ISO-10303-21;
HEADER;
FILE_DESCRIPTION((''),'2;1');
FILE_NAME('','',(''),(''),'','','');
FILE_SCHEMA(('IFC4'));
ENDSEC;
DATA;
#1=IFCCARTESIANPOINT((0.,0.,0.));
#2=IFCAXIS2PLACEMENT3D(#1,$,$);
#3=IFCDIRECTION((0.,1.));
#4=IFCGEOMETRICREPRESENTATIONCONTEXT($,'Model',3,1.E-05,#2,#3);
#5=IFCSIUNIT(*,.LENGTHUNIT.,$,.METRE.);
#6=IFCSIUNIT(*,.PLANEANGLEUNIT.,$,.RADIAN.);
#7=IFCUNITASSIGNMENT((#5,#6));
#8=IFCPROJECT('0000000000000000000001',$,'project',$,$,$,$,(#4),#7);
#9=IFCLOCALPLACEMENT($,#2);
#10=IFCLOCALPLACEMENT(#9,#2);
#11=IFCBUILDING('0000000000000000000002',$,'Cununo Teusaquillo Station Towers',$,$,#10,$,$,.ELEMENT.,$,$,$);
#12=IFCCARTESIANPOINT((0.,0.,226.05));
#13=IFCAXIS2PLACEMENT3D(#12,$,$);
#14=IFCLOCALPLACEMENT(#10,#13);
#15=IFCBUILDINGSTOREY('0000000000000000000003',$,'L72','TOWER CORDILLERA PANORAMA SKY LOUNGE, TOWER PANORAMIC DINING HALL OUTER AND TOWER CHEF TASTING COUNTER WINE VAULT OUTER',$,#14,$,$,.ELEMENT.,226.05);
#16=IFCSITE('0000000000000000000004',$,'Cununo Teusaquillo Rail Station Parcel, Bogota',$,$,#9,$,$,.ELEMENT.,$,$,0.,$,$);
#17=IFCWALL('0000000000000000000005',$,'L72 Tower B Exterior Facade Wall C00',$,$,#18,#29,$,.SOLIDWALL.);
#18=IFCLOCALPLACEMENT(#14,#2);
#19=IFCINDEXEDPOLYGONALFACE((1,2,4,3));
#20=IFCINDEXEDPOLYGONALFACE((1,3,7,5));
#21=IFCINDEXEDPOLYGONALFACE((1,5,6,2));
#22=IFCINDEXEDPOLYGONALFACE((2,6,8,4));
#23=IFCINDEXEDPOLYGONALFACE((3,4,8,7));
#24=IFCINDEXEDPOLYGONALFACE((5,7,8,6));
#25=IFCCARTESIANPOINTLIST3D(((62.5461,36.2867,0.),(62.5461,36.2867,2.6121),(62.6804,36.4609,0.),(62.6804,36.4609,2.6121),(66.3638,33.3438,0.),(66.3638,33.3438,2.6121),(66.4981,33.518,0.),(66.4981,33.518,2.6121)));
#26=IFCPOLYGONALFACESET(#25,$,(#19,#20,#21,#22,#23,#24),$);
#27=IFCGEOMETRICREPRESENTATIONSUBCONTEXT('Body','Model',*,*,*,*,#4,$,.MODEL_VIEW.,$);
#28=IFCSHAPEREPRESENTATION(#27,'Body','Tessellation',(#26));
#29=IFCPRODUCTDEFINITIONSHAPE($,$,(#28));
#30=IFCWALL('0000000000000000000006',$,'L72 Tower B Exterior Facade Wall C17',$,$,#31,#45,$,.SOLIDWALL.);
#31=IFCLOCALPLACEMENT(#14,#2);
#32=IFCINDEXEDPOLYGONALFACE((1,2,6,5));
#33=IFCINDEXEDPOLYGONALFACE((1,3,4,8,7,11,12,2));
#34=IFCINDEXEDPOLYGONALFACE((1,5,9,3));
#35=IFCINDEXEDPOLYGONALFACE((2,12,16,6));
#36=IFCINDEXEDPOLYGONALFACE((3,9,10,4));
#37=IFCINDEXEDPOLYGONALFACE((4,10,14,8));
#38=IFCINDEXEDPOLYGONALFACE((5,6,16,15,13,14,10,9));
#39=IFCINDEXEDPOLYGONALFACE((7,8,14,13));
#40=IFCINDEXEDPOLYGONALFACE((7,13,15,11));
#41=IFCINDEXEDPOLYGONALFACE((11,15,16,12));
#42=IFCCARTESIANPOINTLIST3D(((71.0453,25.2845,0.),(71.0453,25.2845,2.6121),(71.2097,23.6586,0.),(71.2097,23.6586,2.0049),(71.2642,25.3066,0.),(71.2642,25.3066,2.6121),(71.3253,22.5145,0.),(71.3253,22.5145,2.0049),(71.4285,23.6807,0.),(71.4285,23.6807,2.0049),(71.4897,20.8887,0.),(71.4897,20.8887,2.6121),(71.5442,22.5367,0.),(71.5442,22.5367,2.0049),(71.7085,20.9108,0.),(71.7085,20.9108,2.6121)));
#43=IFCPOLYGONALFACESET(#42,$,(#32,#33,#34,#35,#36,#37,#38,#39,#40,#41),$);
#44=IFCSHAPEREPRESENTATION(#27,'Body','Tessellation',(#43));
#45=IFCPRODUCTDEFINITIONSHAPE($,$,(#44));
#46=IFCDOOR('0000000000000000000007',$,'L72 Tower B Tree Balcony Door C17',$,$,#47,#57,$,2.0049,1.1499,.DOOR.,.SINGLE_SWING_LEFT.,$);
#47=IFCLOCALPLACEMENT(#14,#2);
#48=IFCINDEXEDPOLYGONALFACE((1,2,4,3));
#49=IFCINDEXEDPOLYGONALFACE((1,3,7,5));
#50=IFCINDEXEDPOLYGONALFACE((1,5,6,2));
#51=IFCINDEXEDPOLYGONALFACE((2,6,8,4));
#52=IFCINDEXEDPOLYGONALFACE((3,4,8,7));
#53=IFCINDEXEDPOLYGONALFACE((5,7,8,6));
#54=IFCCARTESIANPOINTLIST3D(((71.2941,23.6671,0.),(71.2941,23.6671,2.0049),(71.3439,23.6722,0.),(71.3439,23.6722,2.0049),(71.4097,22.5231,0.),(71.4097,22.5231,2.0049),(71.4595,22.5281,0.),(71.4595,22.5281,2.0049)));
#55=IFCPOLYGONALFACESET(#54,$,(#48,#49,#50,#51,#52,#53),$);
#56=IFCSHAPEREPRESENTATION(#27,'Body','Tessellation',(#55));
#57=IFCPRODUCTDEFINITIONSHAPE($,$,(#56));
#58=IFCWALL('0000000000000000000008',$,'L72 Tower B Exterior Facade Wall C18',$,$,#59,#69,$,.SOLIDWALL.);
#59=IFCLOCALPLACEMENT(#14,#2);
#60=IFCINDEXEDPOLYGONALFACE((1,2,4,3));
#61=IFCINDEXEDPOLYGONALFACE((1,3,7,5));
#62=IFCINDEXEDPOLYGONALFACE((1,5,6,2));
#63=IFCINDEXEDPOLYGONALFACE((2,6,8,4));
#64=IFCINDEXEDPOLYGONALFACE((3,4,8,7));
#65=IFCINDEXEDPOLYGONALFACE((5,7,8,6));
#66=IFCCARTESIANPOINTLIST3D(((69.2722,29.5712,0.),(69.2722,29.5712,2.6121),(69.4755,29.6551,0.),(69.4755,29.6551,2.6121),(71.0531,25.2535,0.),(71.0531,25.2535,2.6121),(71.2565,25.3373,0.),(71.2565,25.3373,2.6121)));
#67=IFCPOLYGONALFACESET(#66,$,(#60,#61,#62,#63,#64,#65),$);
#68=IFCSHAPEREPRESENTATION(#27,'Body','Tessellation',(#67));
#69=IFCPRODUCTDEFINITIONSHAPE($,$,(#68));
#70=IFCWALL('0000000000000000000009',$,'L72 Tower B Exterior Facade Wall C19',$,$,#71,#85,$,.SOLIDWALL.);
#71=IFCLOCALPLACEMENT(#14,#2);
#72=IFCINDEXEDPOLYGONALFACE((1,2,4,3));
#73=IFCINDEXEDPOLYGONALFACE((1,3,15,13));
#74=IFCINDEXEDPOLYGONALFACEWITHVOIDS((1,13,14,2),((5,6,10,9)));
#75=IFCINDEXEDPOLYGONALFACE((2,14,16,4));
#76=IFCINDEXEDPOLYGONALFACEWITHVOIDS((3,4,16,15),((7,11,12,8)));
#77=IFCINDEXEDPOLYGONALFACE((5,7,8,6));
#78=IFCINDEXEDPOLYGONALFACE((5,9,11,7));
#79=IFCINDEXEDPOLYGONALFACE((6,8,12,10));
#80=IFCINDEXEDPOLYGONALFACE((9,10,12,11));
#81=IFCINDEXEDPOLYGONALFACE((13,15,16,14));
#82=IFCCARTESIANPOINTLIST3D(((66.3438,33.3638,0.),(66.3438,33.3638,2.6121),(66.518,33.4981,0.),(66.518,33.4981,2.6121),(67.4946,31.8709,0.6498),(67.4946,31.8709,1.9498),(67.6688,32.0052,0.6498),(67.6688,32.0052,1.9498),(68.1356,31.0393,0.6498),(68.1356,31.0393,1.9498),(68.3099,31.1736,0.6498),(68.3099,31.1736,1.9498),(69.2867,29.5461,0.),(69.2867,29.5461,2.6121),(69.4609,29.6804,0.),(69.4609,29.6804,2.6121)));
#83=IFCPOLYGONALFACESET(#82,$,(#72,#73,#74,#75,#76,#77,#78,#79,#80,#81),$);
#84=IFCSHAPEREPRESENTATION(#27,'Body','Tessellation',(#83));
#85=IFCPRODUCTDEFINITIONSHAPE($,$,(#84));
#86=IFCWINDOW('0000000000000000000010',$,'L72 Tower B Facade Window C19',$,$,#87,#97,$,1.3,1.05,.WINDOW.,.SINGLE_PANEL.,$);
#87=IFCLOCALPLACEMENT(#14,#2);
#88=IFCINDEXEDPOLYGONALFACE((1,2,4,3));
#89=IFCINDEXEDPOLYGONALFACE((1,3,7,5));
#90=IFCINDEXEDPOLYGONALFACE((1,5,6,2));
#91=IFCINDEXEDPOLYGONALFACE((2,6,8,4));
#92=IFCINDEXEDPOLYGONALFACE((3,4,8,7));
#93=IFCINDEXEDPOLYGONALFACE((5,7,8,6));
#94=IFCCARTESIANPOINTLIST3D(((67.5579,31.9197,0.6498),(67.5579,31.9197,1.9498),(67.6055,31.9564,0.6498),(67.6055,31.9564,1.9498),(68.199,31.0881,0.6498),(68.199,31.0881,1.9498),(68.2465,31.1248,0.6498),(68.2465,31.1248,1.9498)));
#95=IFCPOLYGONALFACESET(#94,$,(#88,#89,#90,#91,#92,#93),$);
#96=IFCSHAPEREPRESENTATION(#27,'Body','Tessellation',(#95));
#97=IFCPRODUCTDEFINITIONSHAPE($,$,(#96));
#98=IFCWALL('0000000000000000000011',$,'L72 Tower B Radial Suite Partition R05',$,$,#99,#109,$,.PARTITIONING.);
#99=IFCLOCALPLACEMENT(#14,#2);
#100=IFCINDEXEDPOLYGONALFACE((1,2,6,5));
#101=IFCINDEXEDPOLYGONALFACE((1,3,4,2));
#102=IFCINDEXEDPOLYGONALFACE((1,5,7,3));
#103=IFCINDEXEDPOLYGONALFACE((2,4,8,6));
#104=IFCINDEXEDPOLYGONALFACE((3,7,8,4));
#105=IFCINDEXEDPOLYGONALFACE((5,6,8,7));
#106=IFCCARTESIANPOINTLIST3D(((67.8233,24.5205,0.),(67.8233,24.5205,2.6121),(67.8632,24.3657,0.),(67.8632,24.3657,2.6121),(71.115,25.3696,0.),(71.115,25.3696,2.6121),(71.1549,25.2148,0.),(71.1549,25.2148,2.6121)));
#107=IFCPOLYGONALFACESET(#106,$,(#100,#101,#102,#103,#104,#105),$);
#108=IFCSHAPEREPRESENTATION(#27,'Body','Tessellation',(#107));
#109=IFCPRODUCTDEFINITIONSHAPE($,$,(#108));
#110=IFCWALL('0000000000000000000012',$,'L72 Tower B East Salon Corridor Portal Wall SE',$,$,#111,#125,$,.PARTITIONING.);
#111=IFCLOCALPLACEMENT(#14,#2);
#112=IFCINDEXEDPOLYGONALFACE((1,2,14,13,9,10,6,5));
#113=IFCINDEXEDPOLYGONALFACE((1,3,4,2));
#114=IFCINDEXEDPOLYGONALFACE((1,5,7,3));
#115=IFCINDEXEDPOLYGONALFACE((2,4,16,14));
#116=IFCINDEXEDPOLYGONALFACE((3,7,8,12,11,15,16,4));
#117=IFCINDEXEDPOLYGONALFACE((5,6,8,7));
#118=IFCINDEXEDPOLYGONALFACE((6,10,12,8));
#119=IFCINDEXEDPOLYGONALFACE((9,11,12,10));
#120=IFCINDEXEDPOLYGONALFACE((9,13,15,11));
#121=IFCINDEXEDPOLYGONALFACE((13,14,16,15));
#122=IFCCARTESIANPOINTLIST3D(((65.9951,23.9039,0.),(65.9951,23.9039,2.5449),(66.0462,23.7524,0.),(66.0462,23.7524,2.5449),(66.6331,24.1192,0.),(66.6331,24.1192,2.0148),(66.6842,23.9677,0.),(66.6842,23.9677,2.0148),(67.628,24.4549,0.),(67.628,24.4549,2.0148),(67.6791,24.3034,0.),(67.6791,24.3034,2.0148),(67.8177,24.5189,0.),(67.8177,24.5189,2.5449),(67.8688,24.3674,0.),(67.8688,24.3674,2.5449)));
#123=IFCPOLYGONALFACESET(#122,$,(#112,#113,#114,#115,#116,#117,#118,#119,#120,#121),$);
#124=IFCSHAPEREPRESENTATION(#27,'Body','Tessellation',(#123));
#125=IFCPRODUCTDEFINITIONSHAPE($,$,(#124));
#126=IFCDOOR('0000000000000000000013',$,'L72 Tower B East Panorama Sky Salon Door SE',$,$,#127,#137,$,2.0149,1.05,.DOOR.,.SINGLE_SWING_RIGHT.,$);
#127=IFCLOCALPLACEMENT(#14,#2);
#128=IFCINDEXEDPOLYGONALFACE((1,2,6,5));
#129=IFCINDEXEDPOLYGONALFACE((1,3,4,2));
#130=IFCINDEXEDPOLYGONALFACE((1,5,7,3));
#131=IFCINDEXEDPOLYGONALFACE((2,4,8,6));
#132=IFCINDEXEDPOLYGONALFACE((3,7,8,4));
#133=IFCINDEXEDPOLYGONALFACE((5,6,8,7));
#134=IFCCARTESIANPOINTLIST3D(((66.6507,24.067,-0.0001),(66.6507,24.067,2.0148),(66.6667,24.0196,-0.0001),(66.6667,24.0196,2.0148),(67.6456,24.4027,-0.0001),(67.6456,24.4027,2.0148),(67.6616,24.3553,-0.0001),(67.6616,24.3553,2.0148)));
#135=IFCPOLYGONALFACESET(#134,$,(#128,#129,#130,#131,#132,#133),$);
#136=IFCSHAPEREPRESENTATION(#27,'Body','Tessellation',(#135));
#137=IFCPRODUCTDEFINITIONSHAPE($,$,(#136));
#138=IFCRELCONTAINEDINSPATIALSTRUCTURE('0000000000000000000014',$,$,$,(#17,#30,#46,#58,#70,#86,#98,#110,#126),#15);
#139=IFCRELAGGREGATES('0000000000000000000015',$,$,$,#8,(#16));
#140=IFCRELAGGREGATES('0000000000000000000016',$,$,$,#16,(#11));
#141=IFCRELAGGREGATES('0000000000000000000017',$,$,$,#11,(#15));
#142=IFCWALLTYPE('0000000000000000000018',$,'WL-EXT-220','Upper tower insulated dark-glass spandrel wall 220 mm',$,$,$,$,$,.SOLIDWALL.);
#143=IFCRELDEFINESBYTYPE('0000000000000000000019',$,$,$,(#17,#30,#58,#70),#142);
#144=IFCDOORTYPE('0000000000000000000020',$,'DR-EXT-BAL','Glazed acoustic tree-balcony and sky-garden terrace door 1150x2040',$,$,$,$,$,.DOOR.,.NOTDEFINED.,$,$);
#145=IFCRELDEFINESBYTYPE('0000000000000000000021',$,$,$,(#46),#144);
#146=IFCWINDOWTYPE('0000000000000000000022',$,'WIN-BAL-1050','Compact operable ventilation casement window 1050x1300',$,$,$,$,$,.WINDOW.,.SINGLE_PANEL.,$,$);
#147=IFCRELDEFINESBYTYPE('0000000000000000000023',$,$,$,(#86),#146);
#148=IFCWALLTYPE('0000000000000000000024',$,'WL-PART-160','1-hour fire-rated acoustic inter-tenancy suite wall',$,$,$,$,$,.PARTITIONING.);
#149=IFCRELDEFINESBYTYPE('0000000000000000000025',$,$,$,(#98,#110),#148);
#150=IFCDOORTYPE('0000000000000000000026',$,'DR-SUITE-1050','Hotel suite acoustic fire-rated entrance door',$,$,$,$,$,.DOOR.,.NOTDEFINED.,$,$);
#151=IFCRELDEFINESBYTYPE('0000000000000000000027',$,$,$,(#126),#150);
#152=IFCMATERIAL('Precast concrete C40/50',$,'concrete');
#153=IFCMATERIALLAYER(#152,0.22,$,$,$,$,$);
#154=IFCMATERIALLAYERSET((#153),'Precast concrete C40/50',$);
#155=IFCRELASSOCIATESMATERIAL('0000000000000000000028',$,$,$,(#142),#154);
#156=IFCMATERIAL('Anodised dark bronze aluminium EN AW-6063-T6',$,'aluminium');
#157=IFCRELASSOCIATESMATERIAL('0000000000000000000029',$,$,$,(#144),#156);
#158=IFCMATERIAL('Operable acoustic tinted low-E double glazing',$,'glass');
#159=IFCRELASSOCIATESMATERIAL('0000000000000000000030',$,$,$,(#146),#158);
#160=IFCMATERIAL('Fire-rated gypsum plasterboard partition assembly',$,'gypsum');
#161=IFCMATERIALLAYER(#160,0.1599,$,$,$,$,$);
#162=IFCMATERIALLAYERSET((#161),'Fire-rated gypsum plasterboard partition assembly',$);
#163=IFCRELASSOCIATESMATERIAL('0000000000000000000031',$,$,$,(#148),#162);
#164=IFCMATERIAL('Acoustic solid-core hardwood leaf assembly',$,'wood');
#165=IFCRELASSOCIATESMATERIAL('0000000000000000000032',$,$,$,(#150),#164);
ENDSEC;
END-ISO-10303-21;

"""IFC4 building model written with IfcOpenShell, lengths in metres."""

from ifc_helpers import new_model, si_unit, direction, frame, frame_2d, origin, place, context, subcontext, project, spatial, rectangle, extrude, source, transform, mapped, material, layer, layer_set, type_object, element, fill, save


model = new_model("IFC4")

# Units and contexts
model_context = context("Model", 3, precision=1e-05, world=origin(), true_north=direction((0.0, 1.0)))
body_context = subcontext(model_context, "Body", "Model", "MODEL_VIEW")
ifc_project = project(units=[si_unit("LENGTHUNIT", "METRE"), si_unit("PLANEANGLEUNIT", "RADIAN")], contexts=[model_context])

# Site, building, storey
site_placement = place(None, origin())
site = spatial("IfcSite", under=ifc_project, at=site_placement, Name="Cununo Teusaquillo Rail Station Parcel, Bogota", CompositionType="ELEMENT", RefElevation=0.0)
building_placement = place(site_placement, origin())
building = spatial("IfcBuilding", under=site, at=building_placement, Name="Cununo Teusaquillo Station Towers", CompositionType="ELEMENT")
storey_placement = place(building_placement, frame((0.0, 0.0, 226.05)))
storey = spatial("IfcBuildingStorey", under=building, at=storey_placement, Name="L72", Description="TOWER CORDILLERA PANORAMA SKY LOUNGE, TOWER PANORAMIC DINING HALL OUTER AND TOWER CHEF TASTING COUNTER WINE VAULT OUTER", CompositionType="ELEMENT", Elevation=226.05)

# Wall
ifc_material_1 = material(Name="Precast concrete C40/50", Category="concrete")
ifc_layer_1 = layer(ifc_material_1, 0.22)
ifc_layer_set_1 = layer_set([ifc_layer_1], Name="Precast concrete C40/50")
wall_type_1 = type_object("IfcWallType", Name="WL-EXT-220", Description="Upper tower insulated dark-glass spandrel wall 220 mm", PredefinedType="SOLIDWALL", material=ifc_layer_set_1)
wall_1_placement = place(storey_placement, frame((62.6133, 36.3738, 0.0), z_axis=(0.0, 0.0, 1.0), x_axis=(0.791998, -0.610523, 0.0)))
element("IfcWall", 1, at=wall_1_placement, inside=storey, type_object=wall_type_1, Name="L72 Tower B Exterior Facade Wall C00", PredefinedType="SOLIDWALL", context=body_context, shape_type="SweptSolid", body=[
    extrude(rectangle(XDim=4.8203, YDim=0.22, at=frame_2d((2.4102, 0.0))), origin(), (0.0, 0.0, 1.0), 2.6121),
])

# Wall, opening, door
wall_2_placement = place(storey_placement, frame((71.1548, 25.2954, 0.0), z_axis=(0.0, 0.0, 1.0), x_axis=(0.100571, -0.99493, 0.0)))
wall_2 = element("IfcWall", 2, at=wall_2_placement, inside=storey, type_object=wall_type_1, Name="L72 Tower B Exterior Facade Wall C17", PredefinedType="SOLIDWALL", context=body_context, shape_type="SweptSolid", body=[
    extrude(rectangle(XDim=4.4182, YDim=0.22, at=frame_2d((2.209, 0.0))), origin(), (0.0, 0.0, 1.0), 2.6121),
])
shared_shape_1 = source(origin(), body_context, "Body", "SweptSolid", [
    extrude(rectangle(XDim=1.1499, YDim=2.0049, at=frame_2d((0.575, 1.0024))), frame((0.0, 0.1199, 0.0), z_axis=(0.0, -1.0, 0.0), x_axis=(1.0, 0.0, 0.0)), (0.0, 0.0, 1.0), 0.24),
])
opening_1_placement = place(wall_2_placement, frame((1.634, 0.0, 0.0)))
opening_1 = element("IfcOpeningElement", 3, at=opening_1_placement, cuts=wall_2, PredefinedType="OPENING", context=body_context, shape_type="MappedRepresentation", body=[
    mapped(shared_shape_1, transform((0.0, 0.0, 0.0), x_axis=(1.0, 0.0, 0.0), y_axis=(0.0, 1.0, 0.0), z_axis=(0.0, 0.0, 1.0), scale=1.0)),
])
ifc_material_2 = material(Name="Anodised dark bronze aluminium EN AW-6063-T6", Category="aluminium")
door_type_1 = type_object("IfcDoorType", Name="DR-EXT-BAL", Description="Glazed acoustic tree-balcony and sky-garden terrace door 1150x2040", OperationType="NOTDEFINED", PredefinedType="DOOR", material=ifc_material_2)
shared_shape_2 = source(origin(), body_context, "Body", "SweptSolid", [
    extrude(rectangle(XDim=1.1499, YDim=2.0049, at=frame_2d((0.575, 1.0024))), frame((0.0, 0.0249, 0.0), z_axis=(0.0, -1.0, 0.0), x_axis=(1.0, 0.0, 0.0)), (0.0, 0.0, 1.0), 0.05),
])
door_1_placement = place(opening_1_placement, origin())
door_1 = element("IfcDoor", 4, at=door_1_placement, inside=storey, type_object=door_type_1, Name="L72 Tower B Tree Balcony Door C17", OperationType="SINGLE_SWING_LEFT", OverallHeight=2.0049, OverallWidth=1.1499, PredefinedType="DOOR", context=body_context, shape_type="MappedRepresentation", body=[
    mapped(shared_shape_2, transform((0.0, 0.0, 0.0), x_axis=(1.0, 0.0, 0.0), y_axis=(0.0, 1.0, 0.0), z_axis=(0.0, 0.0, 1.0), scale=1.0)),
])
fill(opening_1, door_1)

# Wall
wall_3_placement = place(storey_placement, frame((69.3738, 29.6133, 0.0), z_axis=(0.0, 0.0, 1.0), x_axis=(0.38131, -0.924447, 0.0)))
element("IfcWall", 5, at=wall_3_placement, inside=storey, type_object=wall_type_1, Name="L72 Tower B Exterior Facade Wall C18", PredefinedType="SOLIDWALL", context=body_context, shape_type="SweptSolid", body=[
    extrude(rectangle(XDim=4.6707, YDim=0.22, at=frame_2d((2.3354, 0.0))), origin(), (0.0, 0.0, 1.0), 2.6121),
])

# Wall, opening, window
wall_4_placement = place(storey_placement, frame((66.4309, 33.4309, 0.0), z_axis=(0.0, 0.0, 1.0), x_axis=(0.610523, -0.791998, 0.0)))
wall_4 = element("IfcWall", 6, at=wall_4_placement, inside=storey, type_object=wall_type_1, Name="L72 Tower B Exterior Facade Wall C19", PredefinedType="SOLIDWALL", context=body_context, shape_type="SweptSolid", body=[
    extrude(rectangle(XDim=4.8203, YDim=0.22, at=frame_2d((2.4102, 0.0))), origin(), (0.0, 0.0, 1.0), 2.6121),
])
shared_shape_3 = source(origin(), body_context, "Body", "SweptSolid", [
    extrude(rectangle(XDim=1.05, YDim=1.3, at=frame_2d((0.5249, 0.6499))), frame((0.0, 0.1199, 0.0), z_axis=(0.0, -1.0, 0.0), x_axis=(1.0, 0.0, 0.0)), (0.0, 0.0, 1.0), 0.24),
])
opening_2_placement = place(wall_4_placement, frame((1.885, 0.0, 0.6499)))
opening_2 = element("IfcOpeningElement", 7, at=opening_2_placement, cuts=wall_4, PredefinedType="OPENING", context=body_context, shape_type="MappedRepresentation", body=[
    mapped(shared_shape_3, transform((0.0, 0.0, 0.0), x_axis=(1.0, 0.0, 0.0), y_axis=(0.0, 1.0, 0.0), z_axis=(0.0, 0.0, 1.0), scale=1.0)),
])
ifc_material_3 = material(Name="Operable acoustic tinted low-E double glazing", Category="glass")
window_type = type_object("IfcWindowType", Name="WIN-BAL-1050", Description="Compact operable ventilation casement window 1050x1300", PartitioningType="SINGLE_PANEL", PredefinedType="WINDOW", material=ifc_material_3)
shared_shape_4 = source(origin(), body_context, "Body", "SweptSolid", [
    extrude(rectangle(XDim=1.05, YDim=1.3, at=frame_2d((0.5249, 0.6499))), frame((0.0, 0.03, 0.0), z_axis=(0.0, -1.0, 0.0), x_axis=(1.0, 0.0, 0.0)), (0.0, 0.0, 1.0), 0.0601),
])
window_placement = place(opening_2_placement, origin())
window = element("IfcWindow", 8, at=window_placement, inside=storey, type_object=window_type, Name="L72 Tower B Facade Window C19", OverallHeight=1.3, OverallWidth=1.05, PartitioningType="SINGLE_PANEL", PredefinedType="WINDOW", context=body_context, shape_type="MappedRepresentation", body=[
    mapped(shared_shape_4, transform((0.0, 0.0, 0.0), x_axis=(1.0, 0.0, 0.0), y_axis=(0.0, 1.0, 0.0), z_axis=(0.0, 0.0, 1.0), scale=1.0)),
])
fill(opening_2, window)

# Wall
ifc_material_4 = material(Name="Fire-rated gypsum plasterboard partition assembly", Category="gypsum")
ifc_layer_2 = layer(ifc_material_4, 0.1599)
ifc_layer_set_2 = layer_set([ifc_layer_2], Name="Fire-rated gypsum plasterboard partition assembly")
wall_type_2 = type_object("IfcWallType", Name="WL-PART-160", Description="1-hour fire-rated acoustic inter-tenancy suite wall", PredefinedType="PARTITIONING", material=ifc_layer_set_2)
wall_5_placement = place(storey_placement, frame((67.8433, 24.4431, 0.0), z_axis=(0.0, 0.0, 1.0), x_axis=(0.968303, 0.249778, 0.0)))
element("IfcWall", 9, at=wall_5_placement, inside=storey, type_object=wall_type_2, Name="L72 Tower B Radial Suite Partition R05", PredefinedType="PARTITIONING", context=body_context, shape_type="SweptSolid", body=[
    extrude(rectangle(XDim=3.3994, YDim=0.1599, at=frame_2d((1.6997, 0.0))), origin(), (0.0, 0.0, 1.0), 2.6121),
])

# Wall, opening, door
wall_6_placement = place(storey_placement, frame((66.0205, 23.8281, 0.0), z_axis=(0.0, 0.0, 1.0), x_axis=(0.947522, 0.31969, 0.0)))
wall_6 = element("IfcWall", 10, at=wall_6_placement, inside=storey, type_object=wall_type_2, Name="L72 Tower B East Salon Corridor Portal Wall SE", PredefinedType="PARTITIONING", context=body_context, shape_type="SweptSolid", body=[
    extrude(rectangle(XDim=1.9236, YDim=0.1599, at=frame_2d((0.9619, 0.0))), origin(), (0.0, 0.0, 1.0), 2.5449),
])
shared_shape_5 = source(origin(), body_context, "Body", "SweptSolid", [
    extrude(rectangle(XDim=1.05, YDim=2.0149, at=frame_2d((0.5249, 1.0073))), frame((0.0, 0.0898, 0.0), z_axis=(0.0, -1.0, 0.0), x_axis=(1.0, 0.0, 0.0)), (0.0, 0.0, 1.0), 0.1799),
])
opening_3_placement = place(wall_6_placement, frame((0.6736, 0.0, 0.0)))
opening_3 = element("IfcOpeningElement", 11, at=opening_3_placement, cuts=wall_6, PredefinedType="OPENING", context=body_context, shape_type="MappedRepresentation", body=[
    mapped(shared_shape_5, transform((0.0, 0.0, 0.0), x_axis=(1.0, 0.0, 0.0), y_axis=(0.0, 1.0, 0.0), z_axis=(0.0, 0.0, 1.0), scale=1.0)),
])
ifc_material_5 = material(Name="Acoustic solid-core hardwood leaf assembly", Category="wood")
door_type_2 = type_object("IfcDoorType", Name="DR-SUITE-1050", Description="Hotel suite acoustic fire-rated entrance door", OperationType="NOTDEFINED", PredefinedType="DOOR", material=ifc_material_5)
shared_shape_6 = source(origin(), body_context, "Body", "SweptSolid", [
    extrude(rectangle(XDim=1.05, YDim=2.0149, at=frame_2d((0.5249, 1.0073))), frame((0.0, 0.0249, 0.0), z_axis=(0.0, -1.0, 0.0), x_axis=(1.0, 0.0, 0.0)), (0.0, 0.0, 1.0), 0.05),
])
door_2_placement = place(opening_3_placement, origin())
door_2 = element("IfcDoor", 12, at=door_2_placement, inside=storey, type_object=door_type_2, Name="L72 Tower B East Panorama Sky Salon Door SE", OperationType="SINGLE_SWING_RIGHT", OverallHeight=2.0149, OverallWidth=1.05, PredefinedType="DOOR", context=body_context, shape_type="MappedRepresentation", body=[
    mapped(shared_shape_6, transform((0.0, 0.0, 0.0), x_axis=(1.0, 0.0, 0.0), y_axis=(0.0, 1.0, 0.0), z_axis=(0.0, 0.0, 1.0), scale=1.0)),
])
fill(opening_3, door_2)

save(model, "model.ifc")
